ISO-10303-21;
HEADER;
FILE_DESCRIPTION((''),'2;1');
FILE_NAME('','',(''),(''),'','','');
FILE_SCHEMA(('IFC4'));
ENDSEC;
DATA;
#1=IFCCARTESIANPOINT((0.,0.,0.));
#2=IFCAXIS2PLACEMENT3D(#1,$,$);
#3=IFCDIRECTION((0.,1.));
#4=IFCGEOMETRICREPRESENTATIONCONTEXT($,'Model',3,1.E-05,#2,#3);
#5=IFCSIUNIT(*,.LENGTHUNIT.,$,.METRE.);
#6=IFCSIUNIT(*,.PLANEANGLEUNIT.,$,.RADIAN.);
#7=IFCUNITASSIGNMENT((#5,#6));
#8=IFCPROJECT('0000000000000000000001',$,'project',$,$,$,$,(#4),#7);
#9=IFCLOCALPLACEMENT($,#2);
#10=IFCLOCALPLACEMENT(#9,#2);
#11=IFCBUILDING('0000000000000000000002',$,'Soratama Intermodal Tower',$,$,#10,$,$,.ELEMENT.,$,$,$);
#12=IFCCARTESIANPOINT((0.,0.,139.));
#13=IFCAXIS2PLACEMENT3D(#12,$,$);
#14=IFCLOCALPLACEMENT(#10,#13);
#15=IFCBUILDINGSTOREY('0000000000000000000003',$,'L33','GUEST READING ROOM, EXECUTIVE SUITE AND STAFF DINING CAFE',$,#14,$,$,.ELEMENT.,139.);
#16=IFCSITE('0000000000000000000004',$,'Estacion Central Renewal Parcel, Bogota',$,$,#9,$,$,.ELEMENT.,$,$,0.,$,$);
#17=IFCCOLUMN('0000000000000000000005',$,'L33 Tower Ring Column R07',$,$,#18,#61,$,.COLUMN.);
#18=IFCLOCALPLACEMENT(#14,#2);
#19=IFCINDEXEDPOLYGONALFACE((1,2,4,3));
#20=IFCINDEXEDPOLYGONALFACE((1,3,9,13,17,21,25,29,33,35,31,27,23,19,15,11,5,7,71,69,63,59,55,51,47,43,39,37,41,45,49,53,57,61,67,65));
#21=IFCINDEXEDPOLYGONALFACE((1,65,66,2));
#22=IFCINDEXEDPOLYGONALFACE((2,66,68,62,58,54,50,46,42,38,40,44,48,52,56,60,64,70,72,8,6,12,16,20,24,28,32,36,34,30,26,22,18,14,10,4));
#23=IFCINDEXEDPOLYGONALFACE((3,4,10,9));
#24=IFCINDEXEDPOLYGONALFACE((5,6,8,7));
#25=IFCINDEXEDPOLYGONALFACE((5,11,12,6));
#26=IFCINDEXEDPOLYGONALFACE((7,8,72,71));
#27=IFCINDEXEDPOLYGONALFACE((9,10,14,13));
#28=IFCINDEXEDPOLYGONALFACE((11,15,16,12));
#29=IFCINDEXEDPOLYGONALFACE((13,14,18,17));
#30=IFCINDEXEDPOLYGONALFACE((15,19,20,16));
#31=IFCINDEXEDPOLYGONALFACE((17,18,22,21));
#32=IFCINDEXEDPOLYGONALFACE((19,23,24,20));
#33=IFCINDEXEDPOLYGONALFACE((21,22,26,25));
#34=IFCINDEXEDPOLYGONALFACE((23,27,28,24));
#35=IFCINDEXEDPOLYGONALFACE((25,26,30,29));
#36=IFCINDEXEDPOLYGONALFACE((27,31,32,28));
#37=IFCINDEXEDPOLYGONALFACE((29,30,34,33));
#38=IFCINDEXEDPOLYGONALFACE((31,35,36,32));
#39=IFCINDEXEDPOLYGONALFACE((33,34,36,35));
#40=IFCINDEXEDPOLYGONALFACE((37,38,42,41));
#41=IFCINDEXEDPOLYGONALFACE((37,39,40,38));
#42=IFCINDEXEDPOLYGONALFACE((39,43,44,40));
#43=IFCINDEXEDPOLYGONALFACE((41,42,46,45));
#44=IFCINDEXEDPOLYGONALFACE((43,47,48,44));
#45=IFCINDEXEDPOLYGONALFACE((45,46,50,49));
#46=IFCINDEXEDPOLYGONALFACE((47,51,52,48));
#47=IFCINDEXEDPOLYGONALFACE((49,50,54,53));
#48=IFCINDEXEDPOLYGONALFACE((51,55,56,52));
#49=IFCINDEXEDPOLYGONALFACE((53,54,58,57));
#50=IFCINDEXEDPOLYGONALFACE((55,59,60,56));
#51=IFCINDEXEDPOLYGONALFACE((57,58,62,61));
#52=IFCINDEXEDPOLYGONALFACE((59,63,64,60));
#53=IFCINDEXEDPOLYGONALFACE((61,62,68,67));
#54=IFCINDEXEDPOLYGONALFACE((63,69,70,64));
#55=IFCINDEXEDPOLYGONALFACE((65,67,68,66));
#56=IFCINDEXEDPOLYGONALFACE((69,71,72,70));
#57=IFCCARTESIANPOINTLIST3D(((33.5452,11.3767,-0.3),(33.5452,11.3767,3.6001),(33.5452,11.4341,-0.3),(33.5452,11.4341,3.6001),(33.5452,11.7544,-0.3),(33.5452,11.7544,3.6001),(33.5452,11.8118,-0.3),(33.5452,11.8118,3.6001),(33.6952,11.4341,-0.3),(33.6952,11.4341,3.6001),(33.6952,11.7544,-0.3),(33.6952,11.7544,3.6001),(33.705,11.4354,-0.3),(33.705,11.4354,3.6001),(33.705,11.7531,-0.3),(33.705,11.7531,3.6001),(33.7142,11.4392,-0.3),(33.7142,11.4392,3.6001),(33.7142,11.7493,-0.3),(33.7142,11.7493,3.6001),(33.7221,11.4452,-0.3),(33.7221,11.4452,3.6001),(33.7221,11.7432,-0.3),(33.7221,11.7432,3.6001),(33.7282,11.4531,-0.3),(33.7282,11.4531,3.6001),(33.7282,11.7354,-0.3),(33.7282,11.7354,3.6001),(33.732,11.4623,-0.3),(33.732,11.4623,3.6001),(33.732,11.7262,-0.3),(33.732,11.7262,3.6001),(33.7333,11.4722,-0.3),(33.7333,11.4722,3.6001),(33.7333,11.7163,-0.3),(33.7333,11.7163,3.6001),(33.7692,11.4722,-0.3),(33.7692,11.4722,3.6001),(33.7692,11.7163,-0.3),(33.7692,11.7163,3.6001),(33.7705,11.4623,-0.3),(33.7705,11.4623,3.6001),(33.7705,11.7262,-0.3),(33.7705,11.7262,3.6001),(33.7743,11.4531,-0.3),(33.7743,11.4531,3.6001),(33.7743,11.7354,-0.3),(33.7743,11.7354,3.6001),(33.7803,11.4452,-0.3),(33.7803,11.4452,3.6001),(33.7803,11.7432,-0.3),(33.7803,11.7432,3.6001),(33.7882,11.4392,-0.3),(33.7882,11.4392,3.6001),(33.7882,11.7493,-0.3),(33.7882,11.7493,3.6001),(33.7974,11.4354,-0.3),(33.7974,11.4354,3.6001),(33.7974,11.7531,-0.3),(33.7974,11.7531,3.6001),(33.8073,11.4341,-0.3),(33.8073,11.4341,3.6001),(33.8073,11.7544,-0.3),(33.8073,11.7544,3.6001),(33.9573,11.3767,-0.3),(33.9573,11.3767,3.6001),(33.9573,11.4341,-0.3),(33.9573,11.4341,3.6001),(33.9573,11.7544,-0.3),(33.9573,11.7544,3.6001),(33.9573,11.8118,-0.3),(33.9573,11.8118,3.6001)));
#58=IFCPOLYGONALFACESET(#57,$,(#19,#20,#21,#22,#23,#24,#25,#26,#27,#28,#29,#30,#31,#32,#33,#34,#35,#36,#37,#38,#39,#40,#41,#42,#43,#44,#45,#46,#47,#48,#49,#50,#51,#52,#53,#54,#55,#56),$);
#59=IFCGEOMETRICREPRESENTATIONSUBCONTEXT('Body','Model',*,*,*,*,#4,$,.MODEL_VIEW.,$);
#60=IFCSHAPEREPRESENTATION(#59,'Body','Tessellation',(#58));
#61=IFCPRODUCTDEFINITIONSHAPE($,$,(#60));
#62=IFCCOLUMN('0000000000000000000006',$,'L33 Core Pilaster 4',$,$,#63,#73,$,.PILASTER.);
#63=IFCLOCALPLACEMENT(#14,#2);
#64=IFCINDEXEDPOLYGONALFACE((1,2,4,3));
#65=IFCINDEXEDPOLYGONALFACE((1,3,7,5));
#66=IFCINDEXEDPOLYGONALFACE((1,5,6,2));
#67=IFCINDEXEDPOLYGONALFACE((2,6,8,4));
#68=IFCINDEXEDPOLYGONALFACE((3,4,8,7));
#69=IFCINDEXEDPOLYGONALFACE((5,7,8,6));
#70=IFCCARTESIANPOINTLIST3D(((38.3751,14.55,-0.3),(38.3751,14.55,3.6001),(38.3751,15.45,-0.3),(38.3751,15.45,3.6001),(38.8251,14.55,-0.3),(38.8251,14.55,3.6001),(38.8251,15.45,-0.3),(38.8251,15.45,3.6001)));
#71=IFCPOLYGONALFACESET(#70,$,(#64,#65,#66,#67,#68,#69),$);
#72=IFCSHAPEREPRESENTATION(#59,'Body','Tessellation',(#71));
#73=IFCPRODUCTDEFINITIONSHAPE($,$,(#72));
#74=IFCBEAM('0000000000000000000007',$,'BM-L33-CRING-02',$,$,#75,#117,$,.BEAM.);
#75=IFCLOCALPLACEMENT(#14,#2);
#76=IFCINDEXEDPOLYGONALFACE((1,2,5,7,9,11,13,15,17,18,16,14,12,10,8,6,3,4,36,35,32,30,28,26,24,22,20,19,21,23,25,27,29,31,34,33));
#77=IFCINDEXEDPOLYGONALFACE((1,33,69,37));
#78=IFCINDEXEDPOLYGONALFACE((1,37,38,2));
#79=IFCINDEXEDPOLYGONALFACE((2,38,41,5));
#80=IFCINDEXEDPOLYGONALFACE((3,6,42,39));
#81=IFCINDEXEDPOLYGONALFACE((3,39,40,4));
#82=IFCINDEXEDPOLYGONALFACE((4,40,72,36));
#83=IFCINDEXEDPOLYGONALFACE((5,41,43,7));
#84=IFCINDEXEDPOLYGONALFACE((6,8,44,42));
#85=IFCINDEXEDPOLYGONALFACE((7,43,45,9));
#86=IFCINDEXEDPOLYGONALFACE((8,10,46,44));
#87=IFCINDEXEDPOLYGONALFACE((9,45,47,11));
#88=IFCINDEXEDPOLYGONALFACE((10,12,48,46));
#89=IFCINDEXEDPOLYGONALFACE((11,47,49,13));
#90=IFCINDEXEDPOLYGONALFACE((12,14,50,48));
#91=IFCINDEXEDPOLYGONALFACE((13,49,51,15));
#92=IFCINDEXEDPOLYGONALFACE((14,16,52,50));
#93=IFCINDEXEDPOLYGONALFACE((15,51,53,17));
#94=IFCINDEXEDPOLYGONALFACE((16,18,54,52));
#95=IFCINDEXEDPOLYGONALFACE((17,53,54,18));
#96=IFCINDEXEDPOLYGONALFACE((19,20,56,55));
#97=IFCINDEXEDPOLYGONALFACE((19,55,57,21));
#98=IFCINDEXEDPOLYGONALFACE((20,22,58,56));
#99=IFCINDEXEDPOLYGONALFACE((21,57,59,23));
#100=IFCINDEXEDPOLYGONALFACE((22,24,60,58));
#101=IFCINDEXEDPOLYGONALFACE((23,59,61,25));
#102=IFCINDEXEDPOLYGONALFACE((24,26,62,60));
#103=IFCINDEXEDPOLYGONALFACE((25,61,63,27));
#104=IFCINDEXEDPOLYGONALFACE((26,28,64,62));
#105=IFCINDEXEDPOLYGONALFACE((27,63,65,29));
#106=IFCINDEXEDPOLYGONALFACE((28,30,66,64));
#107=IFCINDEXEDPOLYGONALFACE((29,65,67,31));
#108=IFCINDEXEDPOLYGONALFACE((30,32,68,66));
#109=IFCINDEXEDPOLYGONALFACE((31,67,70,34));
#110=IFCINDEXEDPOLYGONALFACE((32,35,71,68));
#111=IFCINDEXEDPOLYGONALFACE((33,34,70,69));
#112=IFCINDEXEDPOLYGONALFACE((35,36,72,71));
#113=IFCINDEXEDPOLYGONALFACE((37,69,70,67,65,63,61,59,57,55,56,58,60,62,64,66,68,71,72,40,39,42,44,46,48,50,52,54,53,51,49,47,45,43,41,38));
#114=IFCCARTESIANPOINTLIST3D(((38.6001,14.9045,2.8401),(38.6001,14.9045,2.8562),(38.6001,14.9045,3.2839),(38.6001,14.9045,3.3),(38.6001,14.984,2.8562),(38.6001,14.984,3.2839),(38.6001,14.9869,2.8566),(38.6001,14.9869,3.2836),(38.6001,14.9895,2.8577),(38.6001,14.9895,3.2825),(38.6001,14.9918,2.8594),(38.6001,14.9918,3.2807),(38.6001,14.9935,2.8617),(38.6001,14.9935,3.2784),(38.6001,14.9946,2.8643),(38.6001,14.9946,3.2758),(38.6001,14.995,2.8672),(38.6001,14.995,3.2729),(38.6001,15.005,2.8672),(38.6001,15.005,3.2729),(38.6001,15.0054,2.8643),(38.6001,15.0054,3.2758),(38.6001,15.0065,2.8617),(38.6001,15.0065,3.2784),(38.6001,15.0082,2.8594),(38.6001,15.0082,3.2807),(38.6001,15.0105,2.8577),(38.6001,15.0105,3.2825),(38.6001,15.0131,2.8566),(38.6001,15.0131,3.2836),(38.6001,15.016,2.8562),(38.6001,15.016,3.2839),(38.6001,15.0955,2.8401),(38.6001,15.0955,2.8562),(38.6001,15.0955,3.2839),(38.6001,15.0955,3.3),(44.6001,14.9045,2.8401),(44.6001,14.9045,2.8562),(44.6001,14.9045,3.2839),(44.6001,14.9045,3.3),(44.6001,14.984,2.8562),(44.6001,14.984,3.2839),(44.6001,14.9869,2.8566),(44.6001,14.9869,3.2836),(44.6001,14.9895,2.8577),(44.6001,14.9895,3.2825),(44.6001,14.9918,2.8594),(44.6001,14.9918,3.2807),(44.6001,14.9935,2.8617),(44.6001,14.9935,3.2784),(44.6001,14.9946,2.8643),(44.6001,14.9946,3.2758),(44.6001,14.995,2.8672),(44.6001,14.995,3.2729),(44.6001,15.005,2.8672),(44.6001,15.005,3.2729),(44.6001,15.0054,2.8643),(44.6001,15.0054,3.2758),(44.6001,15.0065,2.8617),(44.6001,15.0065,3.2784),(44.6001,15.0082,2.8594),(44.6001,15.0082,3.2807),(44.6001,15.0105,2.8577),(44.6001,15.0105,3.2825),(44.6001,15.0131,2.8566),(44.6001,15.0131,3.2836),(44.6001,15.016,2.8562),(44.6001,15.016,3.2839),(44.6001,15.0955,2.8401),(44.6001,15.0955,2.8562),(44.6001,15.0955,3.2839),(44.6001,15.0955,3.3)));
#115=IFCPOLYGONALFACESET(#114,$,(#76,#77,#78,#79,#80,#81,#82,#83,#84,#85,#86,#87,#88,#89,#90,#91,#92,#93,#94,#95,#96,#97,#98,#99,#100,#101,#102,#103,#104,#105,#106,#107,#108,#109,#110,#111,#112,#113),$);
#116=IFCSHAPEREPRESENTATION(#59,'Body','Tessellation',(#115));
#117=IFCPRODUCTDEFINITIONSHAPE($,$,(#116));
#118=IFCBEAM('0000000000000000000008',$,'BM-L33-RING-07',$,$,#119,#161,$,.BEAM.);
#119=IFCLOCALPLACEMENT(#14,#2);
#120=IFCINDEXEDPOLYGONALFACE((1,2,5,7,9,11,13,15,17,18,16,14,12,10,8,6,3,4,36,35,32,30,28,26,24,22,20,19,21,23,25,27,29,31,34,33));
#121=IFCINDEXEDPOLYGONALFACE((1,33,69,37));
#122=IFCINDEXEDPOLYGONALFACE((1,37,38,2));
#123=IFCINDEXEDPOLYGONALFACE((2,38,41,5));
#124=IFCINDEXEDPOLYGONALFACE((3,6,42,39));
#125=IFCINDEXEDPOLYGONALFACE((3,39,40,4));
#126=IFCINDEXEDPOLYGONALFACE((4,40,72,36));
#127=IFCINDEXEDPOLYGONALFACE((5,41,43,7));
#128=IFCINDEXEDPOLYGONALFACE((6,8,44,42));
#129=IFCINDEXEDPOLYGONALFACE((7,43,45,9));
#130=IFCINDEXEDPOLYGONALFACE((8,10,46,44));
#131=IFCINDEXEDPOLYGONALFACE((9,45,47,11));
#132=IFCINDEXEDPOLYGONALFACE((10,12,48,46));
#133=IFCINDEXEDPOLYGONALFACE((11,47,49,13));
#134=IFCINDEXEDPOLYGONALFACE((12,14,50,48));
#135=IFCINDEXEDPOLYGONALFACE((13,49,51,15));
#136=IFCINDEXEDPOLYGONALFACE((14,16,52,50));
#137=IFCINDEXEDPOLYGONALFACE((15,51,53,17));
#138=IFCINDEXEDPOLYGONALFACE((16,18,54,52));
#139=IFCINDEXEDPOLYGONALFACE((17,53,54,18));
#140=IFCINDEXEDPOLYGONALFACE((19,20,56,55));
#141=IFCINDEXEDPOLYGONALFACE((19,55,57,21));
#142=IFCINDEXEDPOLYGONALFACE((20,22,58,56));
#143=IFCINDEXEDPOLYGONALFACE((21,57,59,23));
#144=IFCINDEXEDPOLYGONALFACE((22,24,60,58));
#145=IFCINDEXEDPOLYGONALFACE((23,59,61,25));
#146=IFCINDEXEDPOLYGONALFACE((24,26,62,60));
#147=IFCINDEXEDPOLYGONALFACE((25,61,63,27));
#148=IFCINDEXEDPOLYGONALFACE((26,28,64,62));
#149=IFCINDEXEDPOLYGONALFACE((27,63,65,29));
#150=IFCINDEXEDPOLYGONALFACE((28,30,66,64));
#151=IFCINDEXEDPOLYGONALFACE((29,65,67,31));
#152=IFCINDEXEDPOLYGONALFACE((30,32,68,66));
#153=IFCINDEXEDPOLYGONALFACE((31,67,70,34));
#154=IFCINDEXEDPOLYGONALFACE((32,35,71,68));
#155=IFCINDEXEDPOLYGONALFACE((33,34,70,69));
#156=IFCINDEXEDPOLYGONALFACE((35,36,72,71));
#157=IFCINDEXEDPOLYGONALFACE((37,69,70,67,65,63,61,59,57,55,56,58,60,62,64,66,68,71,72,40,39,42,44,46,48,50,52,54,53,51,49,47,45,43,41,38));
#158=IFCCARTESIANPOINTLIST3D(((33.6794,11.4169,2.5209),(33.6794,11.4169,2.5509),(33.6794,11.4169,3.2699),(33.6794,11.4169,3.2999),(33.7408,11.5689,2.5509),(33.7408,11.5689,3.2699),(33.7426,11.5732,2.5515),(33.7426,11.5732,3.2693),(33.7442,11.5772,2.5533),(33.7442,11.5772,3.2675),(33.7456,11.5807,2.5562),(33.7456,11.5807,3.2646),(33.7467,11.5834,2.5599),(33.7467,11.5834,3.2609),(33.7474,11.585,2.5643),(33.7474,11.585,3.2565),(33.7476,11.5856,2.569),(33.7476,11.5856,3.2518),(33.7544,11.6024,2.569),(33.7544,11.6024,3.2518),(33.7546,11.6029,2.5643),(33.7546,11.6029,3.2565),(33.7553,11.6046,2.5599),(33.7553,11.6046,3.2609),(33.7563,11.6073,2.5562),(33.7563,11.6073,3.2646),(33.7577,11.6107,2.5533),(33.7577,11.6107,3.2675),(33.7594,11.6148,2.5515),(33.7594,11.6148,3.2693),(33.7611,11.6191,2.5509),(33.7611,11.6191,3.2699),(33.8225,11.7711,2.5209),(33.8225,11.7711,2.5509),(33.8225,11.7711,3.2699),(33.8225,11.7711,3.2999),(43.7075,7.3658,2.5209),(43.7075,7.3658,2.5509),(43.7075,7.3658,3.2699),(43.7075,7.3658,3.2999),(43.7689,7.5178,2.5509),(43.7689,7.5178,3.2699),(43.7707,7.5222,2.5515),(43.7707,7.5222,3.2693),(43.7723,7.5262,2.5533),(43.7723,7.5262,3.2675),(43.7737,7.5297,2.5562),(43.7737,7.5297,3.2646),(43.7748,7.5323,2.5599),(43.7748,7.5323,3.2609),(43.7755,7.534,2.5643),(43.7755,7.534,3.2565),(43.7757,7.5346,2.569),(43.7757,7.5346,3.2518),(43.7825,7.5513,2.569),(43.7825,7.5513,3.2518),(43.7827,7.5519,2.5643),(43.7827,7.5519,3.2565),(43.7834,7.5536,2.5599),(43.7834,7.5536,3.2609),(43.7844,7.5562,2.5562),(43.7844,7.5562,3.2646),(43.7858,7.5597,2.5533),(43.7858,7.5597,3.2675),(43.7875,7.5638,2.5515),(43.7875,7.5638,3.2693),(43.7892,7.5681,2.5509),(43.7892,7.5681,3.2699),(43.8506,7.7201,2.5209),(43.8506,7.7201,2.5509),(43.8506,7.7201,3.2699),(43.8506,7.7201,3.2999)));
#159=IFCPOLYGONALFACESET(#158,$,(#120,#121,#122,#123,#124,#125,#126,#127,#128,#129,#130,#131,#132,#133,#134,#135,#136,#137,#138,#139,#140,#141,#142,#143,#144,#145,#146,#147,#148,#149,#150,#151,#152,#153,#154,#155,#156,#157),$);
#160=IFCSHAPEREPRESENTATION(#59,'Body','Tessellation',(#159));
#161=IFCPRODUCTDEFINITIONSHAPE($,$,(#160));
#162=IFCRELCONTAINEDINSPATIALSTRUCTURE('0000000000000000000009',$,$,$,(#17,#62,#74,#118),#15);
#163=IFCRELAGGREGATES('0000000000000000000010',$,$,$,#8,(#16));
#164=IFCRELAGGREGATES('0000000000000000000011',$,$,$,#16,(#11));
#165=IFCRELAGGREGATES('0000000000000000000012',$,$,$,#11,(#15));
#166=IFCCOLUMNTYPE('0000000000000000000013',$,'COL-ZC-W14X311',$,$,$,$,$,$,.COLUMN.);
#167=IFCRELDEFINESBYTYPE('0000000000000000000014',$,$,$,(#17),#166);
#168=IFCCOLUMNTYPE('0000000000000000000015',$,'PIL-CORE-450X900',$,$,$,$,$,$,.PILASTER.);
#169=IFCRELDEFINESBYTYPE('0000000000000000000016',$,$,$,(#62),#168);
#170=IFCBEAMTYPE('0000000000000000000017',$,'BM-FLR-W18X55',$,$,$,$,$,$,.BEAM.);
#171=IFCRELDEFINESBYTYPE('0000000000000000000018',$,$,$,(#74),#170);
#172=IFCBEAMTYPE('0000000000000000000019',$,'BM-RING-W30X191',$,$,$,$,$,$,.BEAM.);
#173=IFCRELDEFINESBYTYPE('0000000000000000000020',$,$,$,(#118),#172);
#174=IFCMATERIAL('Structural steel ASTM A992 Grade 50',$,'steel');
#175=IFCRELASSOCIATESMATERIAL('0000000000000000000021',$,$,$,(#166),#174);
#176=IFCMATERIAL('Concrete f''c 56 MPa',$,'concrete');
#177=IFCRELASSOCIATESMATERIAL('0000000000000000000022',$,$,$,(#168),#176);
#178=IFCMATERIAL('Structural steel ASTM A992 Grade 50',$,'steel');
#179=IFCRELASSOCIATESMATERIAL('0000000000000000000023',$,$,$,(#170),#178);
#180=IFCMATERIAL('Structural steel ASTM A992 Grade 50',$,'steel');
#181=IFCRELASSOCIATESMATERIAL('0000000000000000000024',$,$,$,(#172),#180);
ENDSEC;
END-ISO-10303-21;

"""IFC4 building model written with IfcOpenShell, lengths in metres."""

from ifc_helpers import new_model, si_unit, direction, frame, origin, origin_2d, place, context, subcontext, project, spatial, rectangle, i_section, extrude, material, material_profile, profile_set, type_object, element, save


model = new_model("IFC4")

# Units and contexts
model_context = context("Model", 3, precision=1e-05, world=origin(), true_north=direction((0.0, 1.0)))
body_context = subcontext(model_context, "Body", "Model", "MODEL_VIEW")
ifc_project = project(units=[si_unit("LENGTHUNIT", "METRE"), si_unit("PLANEANGLEUNIT", "RADIAN")], contexts=[model_context])

# Site, building, storey
site_placement = place(None, origin())
site = spatial("IfcSite", under=ifc_project, at=site_placement, Name="Estacion Central Renewal Parcel, Bogota", CompositionType="ELEMENT", RefElevation=0.0)
building_placement = place(site_placement, origin())
building = spatial("IfcBuilding", under=site, at=building_placement, Name="Soratama Intermodal Tower", CompositionType="ELEMENT")
storey_placement = place(building_placement, frame((0.0, 0.0, 139.0)))
storey = spatial("IfcBuildingStorey", under=building, at=storey_placement, Name="L33", Description="GUEST READING ROOM, EXECUTIVE SUITE AND STAFF DINING CAFE", CompositionType="ELEMENT", Elevation=139.0)

# Columns
ifc_material_1 = material(Name="Structural steel ASTM A992 Grade 50", Category="steel")
ifc_material_profile_1 = material_profile(ifc_material_1, i_section(OverallWidth=0.4121, OverallDepth=0.4351, WebThickness=0.0359, FlangeThickness=0.0574, FilletRadius=0.0381, at=origin_2d()), Name="W14X311")
ifc_profile_set_1 = profile_set([ifc_material_profile_1], Name="Structural steel ASTM A992 Grade 50")
column_type_1 = type_object("IfcColumnType", Name="COL-ZC-W14X311", PredefinedType="COLUMN", material=ifc_profile_set_1)
column_1_placement = place(storey_placement, frame((33.7512, 11.5942, -0.3), z_axis=(0.0, 0.0, 1.0), x_axis=(1.0, 0.0, 0.0)))
element("IfcColumn", 1, at=column_1_placement, inside=storey, type_object=column_type_1, Name="L33 Tower Ring Column R07", PredefinedType="COLUMN", context=body_context, shape_type="SweptSolid", body=[
    extrude(i_section(OverallWidth=0.4121, OverallDepth=0.4351, WebThickness=0.0359, FlangeThickness=0.0574, FilletRadius=0.0381, at=origin_2d()), origin(), (0.0, 0.0, 1.0), 3.9001),
])
ifc_material_2 = material(Name="Concrete f'c 56 MPa", Category="concrete")
ifc_material_profile_2 = material_profile(ifc_material_2, rectangle(XDim=0.45, YDim=0.8999, at=origin_2d()), Name="RC450X900")
ifc_profile_set_2 = profile_set([ifc_material_profile_2], Name="Concrete f'c 56 MPa")
column_type_2 = type_object("IfcColumnType", Name="PIL-CORE-450X900", PredefinedType="PILASTER", material=ifc_profile_set_2)
column_2_placement = place(storey_placement, frame((38.6001, 15.0, -0.3), z_axis=(0.0, 0.0, 1.0), x_axis=(1.0, 0.0, 0.0)))
element("IfcColumn", 2, at=column_2_placement, inside=storey, type_object=column_type_2, Name="L33 Core Pilaster 4", PredefinedType="PILASTER", context=body_context, shape_type="SweptSolid", body=[
    extrude(rectangle(XDim=0.45, YDim=0.8999, at=origin_2d()), origin(), (0.0, 0.0, 1.0), 3.9001),
])

# Beams
ifc_material_3 = material(Name="Structural steel ASTM A992 Grade 50", Category="steel")
ifc_material_profile_3 = material_profile(ifc_material_3, i_section(OverallWidth=0.1909, OverallDepth=0.46, WebThickness=0.01, FlangeThickness=0.0161, FilletRadius=0.011, at=origin_2d()), Name="W18X55")
ifc_profile_set_3 = profile_set([ifc_material_profile_3], Name="Structural steel ASTM A992 Grade 50")
beam_type_1 = type_object("IfcBeamType", Name="BM-FLR-W18X55", PredefinedType="BEAM", material=ifc_profile_set_3)
beam_1_placement = place(storey_placement, frame((38.6001, 15.0, 3.0701), z_axis=(1.0, 0.0, 0.0), x_axis=(0.0, 1.0, 0.0)))
element("IfcBeam", 3, at=beam_1_placement, inside=storey, type_object=beam_type_1, Name="BM-L33-CRING-02", PredefinedType="BEAM", context=body_context, shape_type="SweptSolid", body=[
    extrude(i_section(OverallWidth=0.1909, OverallDepth=0.46, WebThickness=0.01, FlangeThickness=0.0161, FilletRadius=0.011, at=origin_2d()), origin(), (0.0, 0.0, 1.0), 6.0),
])
ifc_material_4 = material(Name="Structural steel ASTM A992 Grade 50", Category="steel")
ifc_material_profile_4 = material_profile(ifc_material_4, i_section(OverallWidth=0.3821, OverallDepth=0.7791, WebThickness=0.0181, FlangeThickness=0.03, FilletRadius=0.0181, at=origin_2d()), Name="W30X191")
ifc_profile_set_4 = profile_set([ifc_material_profile_4], Name="Structural steel ASTM A992 Grade 50")
beam_type_2 = type_object("IfcBeamType", Name="BM-RING-W30X191", PredefinedType="BEAM", material=ifc_profile_set_4)
beam_2_placement = place(storey_placement, frame((33.751, 11.594, 2.9104), z_axis=(0.927202, -0.37456, 0.0), x_axis=(0.37456, 0.927202, 0.0)))
element("IfcBeam", 4, at=beam_2_placement, inside=storey, type_object=beam_type_2, Name="BM-L33-RING-07", PredefinedType="BEAM", context=body_context, shape_type="SweptSolid", body=[
    extrude(i_section(OverallWidth=0.3821, OverallDepth=0.7791, WebThickness=0.0181, FlangeThickness=0.03, FilletRadius=0.0181, at=origin_2d()), origin(), (0.0, 0.0, 1.0), 10.8154),
])

save(model, "model.ifc")
